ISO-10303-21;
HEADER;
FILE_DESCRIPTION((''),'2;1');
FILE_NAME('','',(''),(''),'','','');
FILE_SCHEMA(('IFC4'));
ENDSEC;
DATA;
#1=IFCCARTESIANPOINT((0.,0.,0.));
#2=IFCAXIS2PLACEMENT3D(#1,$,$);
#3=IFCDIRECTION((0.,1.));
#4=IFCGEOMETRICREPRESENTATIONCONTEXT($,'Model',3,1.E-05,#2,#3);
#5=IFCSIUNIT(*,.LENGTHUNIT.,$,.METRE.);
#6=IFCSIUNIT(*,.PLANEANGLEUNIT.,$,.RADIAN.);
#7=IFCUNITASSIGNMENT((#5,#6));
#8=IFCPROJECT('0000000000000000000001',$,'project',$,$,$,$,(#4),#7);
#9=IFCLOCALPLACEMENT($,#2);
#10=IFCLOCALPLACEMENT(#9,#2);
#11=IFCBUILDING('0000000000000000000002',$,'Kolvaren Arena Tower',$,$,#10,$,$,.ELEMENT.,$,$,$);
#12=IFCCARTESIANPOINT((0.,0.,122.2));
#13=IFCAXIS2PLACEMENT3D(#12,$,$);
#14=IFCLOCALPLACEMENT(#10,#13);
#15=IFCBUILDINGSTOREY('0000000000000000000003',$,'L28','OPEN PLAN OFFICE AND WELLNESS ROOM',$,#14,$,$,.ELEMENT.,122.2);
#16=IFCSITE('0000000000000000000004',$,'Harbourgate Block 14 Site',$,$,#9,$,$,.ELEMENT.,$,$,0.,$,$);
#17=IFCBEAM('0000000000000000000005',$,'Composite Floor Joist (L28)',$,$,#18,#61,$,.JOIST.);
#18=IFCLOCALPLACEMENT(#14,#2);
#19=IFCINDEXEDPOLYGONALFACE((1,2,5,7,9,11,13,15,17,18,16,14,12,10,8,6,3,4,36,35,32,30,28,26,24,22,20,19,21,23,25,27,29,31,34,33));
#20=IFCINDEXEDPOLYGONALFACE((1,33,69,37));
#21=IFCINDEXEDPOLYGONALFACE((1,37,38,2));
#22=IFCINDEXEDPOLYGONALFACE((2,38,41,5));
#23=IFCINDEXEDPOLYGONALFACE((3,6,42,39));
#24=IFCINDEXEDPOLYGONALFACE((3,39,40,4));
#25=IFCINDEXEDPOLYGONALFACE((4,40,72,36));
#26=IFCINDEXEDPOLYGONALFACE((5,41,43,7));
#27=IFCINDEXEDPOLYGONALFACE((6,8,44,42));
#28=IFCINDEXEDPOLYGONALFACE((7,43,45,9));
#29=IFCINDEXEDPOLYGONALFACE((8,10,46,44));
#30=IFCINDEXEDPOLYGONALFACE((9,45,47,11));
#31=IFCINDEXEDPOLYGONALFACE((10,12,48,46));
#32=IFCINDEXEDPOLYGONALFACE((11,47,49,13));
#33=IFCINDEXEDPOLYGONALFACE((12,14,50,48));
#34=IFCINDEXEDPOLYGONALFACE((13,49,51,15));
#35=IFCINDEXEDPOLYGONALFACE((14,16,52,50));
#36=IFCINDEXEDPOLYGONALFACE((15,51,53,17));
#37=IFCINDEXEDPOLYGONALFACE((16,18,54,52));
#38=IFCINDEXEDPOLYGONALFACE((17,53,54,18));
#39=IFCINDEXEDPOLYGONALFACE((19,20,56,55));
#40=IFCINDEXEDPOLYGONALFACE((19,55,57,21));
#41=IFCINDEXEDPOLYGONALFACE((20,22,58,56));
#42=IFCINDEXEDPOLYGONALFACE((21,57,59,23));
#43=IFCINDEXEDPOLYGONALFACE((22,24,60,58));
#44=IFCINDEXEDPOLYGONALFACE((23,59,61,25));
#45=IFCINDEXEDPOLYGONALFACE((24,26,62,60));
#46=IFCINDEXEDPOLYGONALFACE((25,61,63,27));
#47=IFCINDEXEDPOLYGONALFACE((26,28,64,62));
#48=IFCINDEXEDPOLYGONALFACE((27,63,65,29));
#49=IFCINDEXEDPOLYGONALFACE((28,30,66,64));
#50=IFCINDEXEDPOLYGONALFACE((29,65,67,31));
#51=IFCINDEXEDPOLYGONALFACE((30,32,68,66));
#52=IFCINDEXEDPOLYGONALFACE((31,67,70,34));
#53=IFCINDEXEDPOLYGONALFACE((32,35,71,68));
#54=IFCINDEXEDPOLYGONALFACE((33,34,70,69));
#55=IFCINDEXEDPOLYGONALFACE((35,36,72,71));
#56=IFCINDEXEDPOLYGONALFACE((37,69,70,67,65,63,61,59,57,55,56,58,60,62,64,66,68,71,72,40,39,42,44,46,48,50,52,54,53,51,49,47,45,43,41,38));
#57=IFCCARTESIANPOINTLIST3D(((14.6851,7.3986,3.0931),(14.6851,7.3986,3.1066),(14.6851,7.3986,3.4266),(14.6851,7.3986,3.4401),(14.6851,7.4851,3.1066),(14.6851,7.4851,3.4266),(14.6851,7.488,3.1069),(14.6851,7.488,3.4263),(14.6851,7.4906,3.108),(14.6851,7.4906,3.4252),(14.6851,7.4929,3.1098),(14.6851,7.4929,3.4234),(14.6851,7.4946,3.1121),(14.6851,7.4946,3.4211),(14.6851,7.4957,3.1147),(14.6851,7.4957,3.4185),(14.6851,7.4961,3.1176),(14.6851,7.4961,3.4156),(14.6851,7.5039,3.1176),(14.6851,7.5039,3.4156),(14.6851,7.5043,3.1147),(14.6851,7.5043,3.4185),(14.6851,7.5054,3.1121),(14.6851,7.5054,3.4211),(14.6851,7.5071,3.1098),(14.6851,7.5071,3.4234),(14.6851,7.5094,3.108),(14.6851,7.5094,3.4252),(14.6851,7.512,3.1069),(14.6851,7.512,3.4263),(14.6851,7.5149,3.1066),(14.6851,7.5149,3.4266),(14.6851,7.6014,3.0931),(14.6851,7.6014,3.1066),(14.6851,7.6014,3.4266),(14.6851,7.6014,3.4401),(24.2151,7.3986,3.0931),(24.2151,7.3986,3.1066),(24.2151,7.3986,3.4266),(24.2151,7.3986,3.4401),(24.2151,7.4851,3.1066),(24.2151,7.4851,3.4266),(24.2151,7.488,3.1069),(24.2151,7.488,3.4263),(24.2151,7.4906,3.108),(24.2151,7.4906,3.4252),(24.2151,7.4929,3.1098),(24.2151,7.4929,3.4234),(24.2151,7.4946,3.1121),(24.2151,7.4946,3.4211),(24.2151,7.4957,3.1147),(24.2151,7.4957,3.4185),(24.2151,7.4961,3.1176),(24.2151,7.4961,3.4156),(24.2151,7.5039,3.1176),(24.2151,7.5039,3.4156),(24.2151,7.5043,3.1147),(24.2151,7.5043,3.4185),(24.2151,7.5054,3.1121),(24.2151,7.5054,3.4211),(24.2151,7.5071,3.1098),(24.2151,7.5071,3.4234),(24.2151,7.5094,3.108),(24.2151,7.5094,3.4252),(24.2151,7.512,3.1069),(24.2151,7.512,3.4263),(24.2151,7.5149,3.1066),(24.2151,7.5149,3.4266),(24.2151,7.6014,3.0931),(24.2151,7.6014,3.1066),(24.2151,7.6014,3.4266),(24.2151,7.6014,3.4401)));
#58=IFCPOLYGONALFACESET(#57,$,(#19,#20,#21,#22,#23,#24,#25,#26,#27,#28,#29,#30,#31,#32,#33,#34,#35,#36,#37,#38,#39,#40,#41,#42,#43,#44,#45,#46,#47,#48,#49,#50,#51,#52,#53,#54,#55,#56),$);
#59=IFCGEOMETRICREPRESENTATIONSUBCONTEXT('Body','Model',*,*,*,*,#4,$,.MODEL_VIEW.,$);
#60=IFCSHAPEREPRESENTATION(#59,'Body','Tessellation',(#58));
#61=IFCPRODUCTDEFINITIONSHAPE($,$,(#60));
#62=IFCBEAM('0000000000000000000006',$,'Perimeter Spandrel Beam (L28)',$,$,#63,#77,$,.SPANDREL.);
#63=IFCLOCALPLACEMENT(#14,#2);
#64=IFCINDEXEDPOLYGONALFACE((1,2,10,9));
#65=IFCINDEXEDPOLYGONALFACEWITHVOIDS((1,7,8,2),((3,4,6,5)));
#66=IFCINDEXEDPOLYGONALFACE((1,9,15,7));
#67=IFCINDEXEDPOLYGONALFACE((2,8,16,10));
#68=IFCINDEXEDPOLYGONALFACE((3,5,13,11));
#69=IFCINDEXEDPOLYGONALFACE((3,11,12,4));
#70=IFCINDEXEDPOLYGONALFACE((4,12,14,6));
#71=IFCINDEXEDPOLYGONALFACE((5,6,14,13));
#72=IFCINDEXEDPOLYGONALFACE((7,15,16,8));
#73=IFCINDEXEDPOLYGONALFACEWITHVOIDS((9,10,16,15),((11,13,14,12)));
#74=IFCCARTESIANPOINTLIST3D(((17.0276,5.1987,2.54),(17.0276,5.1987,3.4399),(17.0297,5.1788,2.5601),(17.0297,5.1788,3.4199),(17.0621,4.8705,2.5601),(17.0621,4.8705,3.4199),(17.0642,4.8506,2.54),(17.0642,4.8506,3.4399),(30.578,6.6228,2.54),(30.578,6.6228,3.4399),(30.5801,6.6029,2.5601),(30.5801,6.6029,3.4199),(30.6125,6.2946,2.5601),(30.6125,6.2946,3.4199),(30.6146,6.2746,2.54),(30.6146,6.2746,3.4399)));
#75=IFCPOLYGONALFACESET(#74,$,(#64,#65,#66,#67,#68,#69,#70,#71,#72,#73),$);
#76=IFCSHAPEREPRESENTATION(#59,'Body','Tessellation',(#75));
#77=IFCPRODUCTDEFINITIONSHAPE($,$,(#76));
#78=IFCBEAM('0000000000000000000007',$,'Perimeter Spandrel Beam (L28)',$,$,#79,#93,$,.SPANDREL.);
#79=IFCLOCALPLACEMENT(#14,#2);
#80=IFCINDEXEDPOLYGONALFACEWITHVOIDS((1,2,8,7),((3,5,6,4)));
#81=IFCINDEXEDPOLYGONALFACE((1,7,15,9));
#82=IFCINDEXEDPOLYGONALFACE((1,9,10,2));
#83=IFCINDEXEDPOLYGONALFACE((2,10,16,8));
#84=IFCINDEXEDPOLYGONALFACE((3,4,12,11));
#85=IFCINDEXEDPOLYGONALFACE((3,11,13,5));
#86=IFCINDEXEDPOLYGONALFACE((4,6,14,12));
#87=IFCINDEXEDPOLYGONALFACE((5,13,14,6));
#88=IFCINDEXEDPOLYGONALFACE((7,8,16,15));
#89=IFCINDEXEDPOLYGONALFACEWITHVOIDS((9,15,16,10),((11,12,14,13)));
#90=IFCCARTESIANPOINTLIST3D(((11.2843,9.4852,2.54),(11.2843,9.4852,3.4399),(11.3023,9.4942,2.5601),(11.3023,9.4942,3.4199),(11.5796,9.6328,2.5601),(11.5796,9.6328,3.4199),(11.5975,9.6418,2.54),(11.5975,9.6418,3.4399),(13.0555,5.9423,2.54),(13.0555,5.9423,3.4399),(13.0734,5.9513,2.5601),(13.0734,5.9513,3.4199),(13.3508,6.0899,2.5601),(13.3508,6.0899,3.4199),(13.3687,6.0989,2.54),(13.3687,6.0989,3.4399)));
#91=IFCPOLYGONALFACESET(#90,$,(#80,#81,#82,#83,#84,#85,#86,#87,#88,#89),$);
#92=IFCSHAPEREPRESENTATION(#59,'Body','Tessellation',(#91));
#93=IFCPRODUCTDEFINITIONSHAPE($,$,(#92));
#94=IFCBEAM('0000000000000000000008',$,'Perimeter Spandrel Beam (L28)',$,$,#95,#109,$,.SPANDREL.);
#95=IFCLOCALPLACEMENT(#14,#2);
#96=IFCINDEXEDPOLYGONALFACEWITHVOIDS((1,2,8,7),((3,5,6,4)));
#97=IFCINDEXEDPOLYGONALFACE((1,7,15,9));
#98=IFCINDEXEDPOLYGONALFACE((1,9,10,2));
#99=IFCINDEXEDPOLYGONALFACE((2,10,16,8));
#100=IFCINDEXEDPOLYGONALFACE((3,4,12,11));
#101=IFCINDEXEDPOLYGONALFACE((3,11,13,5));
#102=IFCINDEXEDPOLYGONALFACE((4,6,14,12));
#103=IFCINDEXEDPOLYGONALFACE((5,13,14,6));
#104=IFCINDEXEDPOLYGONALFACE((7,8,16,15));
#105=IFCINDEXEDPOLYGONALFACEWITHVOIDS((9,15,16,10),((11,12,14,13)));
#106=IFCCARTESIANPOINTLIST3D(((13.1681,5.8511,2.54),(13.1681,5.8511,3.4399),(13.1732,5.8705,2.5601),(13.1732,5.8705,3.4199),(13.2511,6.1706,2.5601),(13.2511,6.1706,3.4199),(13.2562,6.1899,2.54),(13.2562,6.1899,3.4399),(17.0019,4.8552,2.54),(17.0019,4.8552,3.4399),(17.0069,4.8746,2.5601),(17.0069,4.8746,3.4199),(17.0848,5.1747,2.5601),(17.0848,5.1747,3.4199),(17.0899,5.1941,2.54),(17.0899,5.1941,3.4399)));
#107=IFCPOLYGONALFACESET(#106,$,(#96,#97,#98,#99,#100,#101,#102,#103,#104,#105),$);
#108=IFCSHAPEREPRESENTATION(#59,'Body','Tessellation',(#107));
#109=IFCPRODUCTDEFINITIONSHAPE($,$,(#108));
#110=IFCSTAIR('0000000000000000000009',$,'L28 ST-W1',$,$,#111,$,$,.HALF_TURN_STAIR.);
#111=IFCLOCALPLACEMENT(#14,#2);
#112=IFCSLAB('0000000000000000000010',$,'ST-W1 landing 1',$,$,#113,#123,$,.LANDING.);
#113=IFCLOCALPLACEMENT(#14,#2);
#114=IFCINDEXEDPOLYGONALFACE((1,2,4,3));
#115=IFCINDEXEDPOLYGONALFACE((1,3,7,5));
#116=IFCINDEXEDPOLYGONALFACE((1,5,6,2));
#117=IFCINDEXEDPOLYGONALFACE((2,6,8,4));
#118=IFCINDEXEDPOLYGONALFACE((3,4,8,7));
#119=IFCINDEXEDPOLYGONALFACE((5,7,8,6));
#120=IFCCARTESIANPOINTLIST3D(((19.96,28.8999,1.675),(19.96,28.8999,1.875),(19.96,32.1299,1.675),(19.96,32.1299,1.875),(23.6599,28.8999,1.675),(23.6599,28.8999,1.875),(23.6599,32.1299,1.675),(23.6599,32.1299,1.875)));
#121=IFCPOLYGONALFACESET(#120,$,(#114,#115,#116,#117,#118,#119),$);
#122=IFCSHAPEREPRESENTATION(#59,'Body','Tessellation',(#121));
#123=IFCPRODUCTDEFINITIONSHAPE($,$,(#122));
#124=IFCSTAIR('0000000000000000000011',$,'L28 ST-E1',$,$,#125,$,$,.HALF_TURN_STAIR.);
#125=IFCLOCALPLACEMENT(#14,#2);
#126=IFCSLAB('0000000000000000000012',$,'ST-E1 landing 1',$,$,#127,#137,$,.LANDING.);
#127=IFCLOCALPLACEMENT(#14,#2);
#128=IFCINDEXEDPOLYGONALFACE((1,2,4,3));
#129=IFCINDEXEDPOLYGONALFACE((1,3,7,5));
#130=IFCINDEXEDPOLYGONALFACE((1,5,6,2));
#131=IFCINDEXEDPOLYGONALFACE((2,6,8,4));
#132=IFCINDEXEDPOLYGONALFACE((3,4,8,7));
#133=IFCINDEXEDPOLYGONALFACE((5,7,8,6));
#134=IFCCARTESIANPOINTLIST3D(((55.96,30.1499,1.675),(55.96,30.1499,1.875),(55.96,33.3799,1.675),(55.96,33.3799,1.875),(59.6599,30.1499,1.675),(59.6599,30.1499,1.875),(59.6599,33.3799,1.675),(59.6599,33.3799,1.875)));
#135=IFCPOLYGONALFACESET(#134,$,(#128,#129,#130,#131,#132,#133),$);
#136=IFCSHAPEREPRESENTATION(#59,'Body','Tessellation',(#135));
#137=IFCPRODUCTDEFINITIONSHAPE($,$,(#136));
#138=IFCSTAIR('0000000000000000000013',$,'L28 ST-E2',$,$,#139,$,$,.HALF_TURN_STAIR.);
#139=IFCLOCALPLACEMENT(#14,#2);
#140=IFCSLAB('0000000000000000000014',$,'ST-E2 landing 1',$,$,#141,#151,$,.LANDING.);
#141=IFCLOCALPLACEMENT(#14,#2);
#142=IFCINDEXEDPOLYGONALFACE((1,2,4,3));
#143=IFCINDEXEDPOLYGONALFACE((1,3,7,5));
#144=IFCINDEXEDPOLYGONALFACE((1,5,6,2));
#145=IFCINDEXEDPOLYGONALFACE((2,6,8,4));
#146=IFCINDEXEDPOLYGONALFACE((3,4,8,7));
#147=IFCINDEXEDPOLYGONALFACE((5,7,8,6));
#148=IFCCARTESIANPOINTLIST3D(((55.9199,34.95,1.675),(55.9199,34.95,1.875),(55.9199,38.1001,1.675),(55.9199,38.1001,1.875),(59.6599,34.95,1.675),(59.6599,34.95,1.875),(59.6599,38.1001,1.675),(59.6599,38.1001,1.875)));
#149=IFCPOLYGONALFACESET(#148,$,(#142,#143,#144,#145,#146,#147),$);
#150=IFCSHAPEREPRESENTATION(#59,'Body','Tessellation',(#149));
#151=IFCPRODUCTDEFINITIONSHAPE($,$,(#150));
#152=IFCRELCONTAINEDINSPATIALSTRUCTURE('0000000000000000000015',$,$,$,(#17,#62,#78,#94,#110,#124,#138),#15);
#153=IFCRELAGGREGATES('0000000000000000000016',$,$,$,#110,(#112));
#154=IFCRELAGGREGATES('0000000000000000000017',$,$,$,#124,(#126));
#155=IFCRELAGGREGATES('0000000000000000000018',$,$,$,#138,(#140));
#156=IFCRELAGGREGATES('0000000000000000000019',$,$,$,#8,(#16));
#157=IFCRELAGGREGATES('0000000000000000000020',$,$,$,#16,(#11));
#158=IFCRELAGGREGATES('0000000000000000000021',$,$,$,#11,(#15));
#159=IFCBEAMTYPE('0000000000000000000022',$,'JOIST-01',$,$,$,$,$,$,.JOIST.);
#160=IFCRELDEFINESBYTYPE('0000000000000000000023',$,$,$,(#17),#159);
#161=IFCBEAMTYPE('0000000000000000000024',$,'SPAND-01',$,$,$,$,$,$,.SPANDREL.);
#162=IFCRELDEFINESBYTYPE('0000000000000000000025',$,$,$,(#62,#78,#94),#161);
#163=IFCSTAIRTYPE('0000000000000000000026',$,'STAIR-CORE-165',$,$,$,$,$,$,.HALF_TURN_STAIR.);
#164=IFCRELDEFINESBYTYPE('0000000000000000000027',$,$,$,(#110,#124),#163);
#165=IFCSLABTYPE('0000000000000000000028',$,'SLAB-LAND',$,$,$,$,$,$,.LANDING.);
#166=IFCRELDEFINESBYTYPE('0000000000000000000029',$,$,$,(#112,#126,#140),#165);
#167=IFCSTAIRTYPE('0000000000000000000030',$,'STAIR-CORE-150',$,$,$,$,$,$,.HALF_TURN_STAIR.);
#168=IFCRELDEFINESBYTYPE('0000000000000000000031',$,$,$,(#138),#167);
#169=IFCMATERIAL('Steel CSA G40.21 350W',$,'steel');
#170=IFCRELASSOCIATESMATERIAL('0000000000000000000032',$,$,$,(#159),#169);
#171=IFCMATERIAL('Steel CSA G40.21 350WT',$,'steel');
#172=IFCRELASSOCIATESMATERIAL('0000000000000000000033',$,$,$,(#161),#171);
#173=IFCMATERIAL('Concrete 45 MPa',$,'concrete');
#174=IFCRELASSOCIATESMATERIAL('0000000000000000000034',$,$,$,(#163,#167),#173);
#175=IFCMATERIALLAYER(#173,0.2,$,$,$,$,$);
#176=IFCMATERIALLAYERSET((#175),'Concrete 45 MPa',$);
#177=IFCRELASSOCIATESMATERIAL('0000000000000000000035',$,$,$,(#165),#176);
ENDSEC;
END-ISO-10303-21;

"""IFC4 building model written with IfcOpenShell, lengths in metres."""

from ifc_helpers import new_model, si_unit, direction, frame, origin, origin_2d, place, context, subcontext, project, spatial, polyline, hollow_rectangle, i_section, outline, extrude, material, layer, layer_set, material_profile, profile_set, type_object, element, aggregate, save


model = new_model("IFC4")

# Units and contexts
model_context = context("Model", 3, precision=1e-05, world=origin(), true_north=direction((0.0, 1.0)))
body_context = subcontext(model_context, "Body", "Model", "MODEL_VIEW")
ifc_project = project(units=[si_unit("LENGTHUNIT", "METRE"), si_unit("PLANEANGLEUNIT", "RADIAN")], contexts=[model_context])

# Site, building, storey
site_placement = place(None, origin())
site = spatial("IfcSite", under=ifc_project, at=site_placement, Name="Harbourgate Block 14 Site", CompositionType="ELEMENT", RefElevation=0.0)
building_placement = place(site_placement, origin())
building = spatial("IfcBuilding", under=site, at=building_placement, Name="Kolvaren Arena Tower", CompositionType="ELEMENT")
storey_placement = place(building_placement, frame((0.0, 0.0, 122.2)))
storey = spatial("IfcBuildingStorey", under=building, at=storey_placement, Name="L28", Description="OPEN PLAN OFFICE AND WELLNESS ROOM", CompositionType="ELEMENT", Elevation=122.2)

# Beams
ifc_material_1 = material(Name="Steel CSA G40.21 350W", Category="steel")
ifc_material_profile_1 = material_profile(ifc_material_1, i_section(OverallWidth=0.2029, OverallDepth=0.3469, WebThickness=0.0078, FlangeThickness=0.0134, FilletRadius=0.011, at=origin_2d()), Name="W360x64")
ifc_profile_set_1 = profile_set([ifc_material_profile_1], Name="Steel CSA G40.21 350W")
beam_type_1 = type_object("IfcBeamType", Name="JOIST-01", PredefinedType="JOIST", material=ifc_profile_set_1)
beam_1_placement = place(storey_placement, frame((14.6851, 7.5, 3.2666), z_axis=(1.0, 0.0, 0.0), x_axis=(0.0, 1.0, 0.0)))
element("IfcBeam", 1, at=beam_1_placement, inside=storey, type_object=beam_type_1, Name="Composite Floor Joist (L28)", PredefinedType="JOIST", context=body_context, shape_type="SweptSolid", body=[
    extrude(i_section(OverallWidth=0.2029, OverallDepth=0.3469, WebThickness=0.0078, FlangeThickness=0.0134, FilletRadius=0.011, at=origin_2d()), origin(), (0.0, 0.0, 1.0), 9.53),
])
ifc_material_2 = material(Name="Steel CSA G40.21 350WT", Category="steel")
ifc_material_profile_2 = material_profile(ifc_material_2, hollow_rectangle(XDim=0.3501, YDim=0.8999, WallThickness=0.02, at=origin_2d()), Name="HSS 900x350x20")
ifc_profile_set_2 = profile_set([ifc_material_profile_2], Name="Steel CSA G40.21 350WT")
beam_type_2 = type_object("IfcBeamType", Name="SPAND-01", PredefinedType="SPANDREL", material=ifc_profile_set_2)
beam_2_placement = place(storey_placement, frame((17.0459, 5.0247, 2.99), z_axis=(0.994523, 0.10452, 0.0), x_axis=(-0.10452, 0.994523, 0.0)))
element("IfcBeam", 2, at=beam_2_placement, inside=storey, type_object=beam_type_2, Name="Perimeter Spandrel Beam (L28)", PredefinedType="SPANDREL", context=body_context, shape_type="SweptSolid", body=[
    extrude(hollow_rectangle(XDim=0.3501, YDim=0.8999, WallThickness=0.02, at=origin_2d()), origin(), (0.0, 0.0, 1.0), 13.625),
])
for number, where, z_axis, x_axis, name in (
    (3, (11.4409, 9.5635, 2.99), (0.447164, -0.894452, 0.0), (0.894452, 0.447164, 0.0), "Perimeter Spandrel Beam (L28)"),
    (4, (13.2122, 6.0205, 2.99), (0.967879, -0.251416, 0.0), (0.251416, 0.967879, 0.0), "Perimeter Spandrel Beam (L28)"),
):
    element("IfcBeam", number, at=place(storey_placement, frame(where, z_axis=z_axis, x_axis=x_axis)), inside=storey, type_object=beam_type_2, Name=name, PredefinedType="SPANDREL", context=body_context, shape_type="SweptSolid", body=[
        extrude(hollow_rectangle(XDim=0.3501, YDim=0.8999, WallThickness=0.02, at=origin_2d()), origin(), (0.0, 0.0, 1.0), 3.9609),
    ])

# Stairs, slabs
ifc_material_3 = material(Name="Concrete 45 MPa", Category="concrete")
stair_type_1 = type_object("IfcStairType", Name="STAIR-CORE-165", PredefinedType="HALF_TURN_STAIR", material=ifc_material_3)
stair_1_placement = place(storey_placement, origin())
stair_1 = element("IfcStair", 5, at=stair_1_placement, inside=storey, type_object=stair_type_1, Name="L28 ST-W1", PredefinedType="HALF_TURN_STAIR")
ifc_layer_1 = layer(ifc_material_3, 0.2)
ifc_layer_set_1 = layer_set([ifc_layer_1], Name="Concrete 45 MPa")
slab_type_1 = type_object("IfcSlabType", Name="SLAB-LAND", PredefinedType="LANDING", material=ifc_layer_set_1)
slab_1_placement = place(storey_placement, frame((0.0, 0.0, 1.675)))
slab_1 = element("IfcSlab", 6, at=slab_1_placement, type_object=slab_type_1, Name="ST-W1 landing 1", PredefinedType="LANDING", context=body_context, shape_type="SweptSolid", body=[
    extrude(outline(polyline([(19.96, 28.8999), (23.6599, 28.8999), (23.6599, 32.1299), (19.96, 32.1299), (19.96, 28.8999)])), origin(), (0.0, 0.0, 1.0), 0.2),
])
aggregate(stair_1, [slab_1])
stair_2_placement = place(storey_placement, origin())
stair_2 = element("IfcStair", 7, at=stair_2_placement, inside=storey, type_object=stair_type_1, Name="L28 ST-E1", PredefinedType="HALF_TURN_STAIR")
slab_2_placement = place(storey_placement, frame((0.0, 0.0, 1.675)))
slab_2 = element("IfcSlab", 8, at=slab_2_placement, type_object=slab_type_1, Name="ST-E1 landing 1", PredefinedType="LANDING", context=body_context, shape_type="SweptSolid", body=[
    extrude(outline(polyline([(55.96, 30.1499), (59.6599, 30.1499), (59.6599, 33.3799), (55.96, 33.3799), (55.96, 30.1499)])), origin(), (0.0, 0.0, 1.0), 0.2),
])
aggregate(stair_2, [slab_2])
stair_type_2 = type_object("IfcStairType", Name="STAIR-CORE-150", PredefinedType="HALF_TURN_STAIR", material=ifc_material_3)
stair_3_placement = place(storey_placement, origin())
stair_3 = element("IfcStair", 9, at=stair_3_placement, inside=storey, type_object=stair_type_2, Name="L28 ST-E2", PredefinedType="HALF_TURN_STAIR")
slab_3_placement = place(storey_placement, frame((0.0, 0.0, 1.675)))
slab_3 = element("IfcSlab", 10, at=slab_3_placement, type_object=slab_type_1, Name="ST-E2 landing 1", PredefinedType="LANDING", context=body_context, shape_type="SweptSolid", body=[
    extrude(outline(polyline([(55.9199, 34.95), (59.6599, 34.95), (59.6599, 38.1001), (55.9199, 38.1001), (55.9199, 34.95)])), origin(), (0.0, 0.0, 1.0), 0.2),
])
aggregate(stair_3, [slab_3])

save(model, "model.ifc")
